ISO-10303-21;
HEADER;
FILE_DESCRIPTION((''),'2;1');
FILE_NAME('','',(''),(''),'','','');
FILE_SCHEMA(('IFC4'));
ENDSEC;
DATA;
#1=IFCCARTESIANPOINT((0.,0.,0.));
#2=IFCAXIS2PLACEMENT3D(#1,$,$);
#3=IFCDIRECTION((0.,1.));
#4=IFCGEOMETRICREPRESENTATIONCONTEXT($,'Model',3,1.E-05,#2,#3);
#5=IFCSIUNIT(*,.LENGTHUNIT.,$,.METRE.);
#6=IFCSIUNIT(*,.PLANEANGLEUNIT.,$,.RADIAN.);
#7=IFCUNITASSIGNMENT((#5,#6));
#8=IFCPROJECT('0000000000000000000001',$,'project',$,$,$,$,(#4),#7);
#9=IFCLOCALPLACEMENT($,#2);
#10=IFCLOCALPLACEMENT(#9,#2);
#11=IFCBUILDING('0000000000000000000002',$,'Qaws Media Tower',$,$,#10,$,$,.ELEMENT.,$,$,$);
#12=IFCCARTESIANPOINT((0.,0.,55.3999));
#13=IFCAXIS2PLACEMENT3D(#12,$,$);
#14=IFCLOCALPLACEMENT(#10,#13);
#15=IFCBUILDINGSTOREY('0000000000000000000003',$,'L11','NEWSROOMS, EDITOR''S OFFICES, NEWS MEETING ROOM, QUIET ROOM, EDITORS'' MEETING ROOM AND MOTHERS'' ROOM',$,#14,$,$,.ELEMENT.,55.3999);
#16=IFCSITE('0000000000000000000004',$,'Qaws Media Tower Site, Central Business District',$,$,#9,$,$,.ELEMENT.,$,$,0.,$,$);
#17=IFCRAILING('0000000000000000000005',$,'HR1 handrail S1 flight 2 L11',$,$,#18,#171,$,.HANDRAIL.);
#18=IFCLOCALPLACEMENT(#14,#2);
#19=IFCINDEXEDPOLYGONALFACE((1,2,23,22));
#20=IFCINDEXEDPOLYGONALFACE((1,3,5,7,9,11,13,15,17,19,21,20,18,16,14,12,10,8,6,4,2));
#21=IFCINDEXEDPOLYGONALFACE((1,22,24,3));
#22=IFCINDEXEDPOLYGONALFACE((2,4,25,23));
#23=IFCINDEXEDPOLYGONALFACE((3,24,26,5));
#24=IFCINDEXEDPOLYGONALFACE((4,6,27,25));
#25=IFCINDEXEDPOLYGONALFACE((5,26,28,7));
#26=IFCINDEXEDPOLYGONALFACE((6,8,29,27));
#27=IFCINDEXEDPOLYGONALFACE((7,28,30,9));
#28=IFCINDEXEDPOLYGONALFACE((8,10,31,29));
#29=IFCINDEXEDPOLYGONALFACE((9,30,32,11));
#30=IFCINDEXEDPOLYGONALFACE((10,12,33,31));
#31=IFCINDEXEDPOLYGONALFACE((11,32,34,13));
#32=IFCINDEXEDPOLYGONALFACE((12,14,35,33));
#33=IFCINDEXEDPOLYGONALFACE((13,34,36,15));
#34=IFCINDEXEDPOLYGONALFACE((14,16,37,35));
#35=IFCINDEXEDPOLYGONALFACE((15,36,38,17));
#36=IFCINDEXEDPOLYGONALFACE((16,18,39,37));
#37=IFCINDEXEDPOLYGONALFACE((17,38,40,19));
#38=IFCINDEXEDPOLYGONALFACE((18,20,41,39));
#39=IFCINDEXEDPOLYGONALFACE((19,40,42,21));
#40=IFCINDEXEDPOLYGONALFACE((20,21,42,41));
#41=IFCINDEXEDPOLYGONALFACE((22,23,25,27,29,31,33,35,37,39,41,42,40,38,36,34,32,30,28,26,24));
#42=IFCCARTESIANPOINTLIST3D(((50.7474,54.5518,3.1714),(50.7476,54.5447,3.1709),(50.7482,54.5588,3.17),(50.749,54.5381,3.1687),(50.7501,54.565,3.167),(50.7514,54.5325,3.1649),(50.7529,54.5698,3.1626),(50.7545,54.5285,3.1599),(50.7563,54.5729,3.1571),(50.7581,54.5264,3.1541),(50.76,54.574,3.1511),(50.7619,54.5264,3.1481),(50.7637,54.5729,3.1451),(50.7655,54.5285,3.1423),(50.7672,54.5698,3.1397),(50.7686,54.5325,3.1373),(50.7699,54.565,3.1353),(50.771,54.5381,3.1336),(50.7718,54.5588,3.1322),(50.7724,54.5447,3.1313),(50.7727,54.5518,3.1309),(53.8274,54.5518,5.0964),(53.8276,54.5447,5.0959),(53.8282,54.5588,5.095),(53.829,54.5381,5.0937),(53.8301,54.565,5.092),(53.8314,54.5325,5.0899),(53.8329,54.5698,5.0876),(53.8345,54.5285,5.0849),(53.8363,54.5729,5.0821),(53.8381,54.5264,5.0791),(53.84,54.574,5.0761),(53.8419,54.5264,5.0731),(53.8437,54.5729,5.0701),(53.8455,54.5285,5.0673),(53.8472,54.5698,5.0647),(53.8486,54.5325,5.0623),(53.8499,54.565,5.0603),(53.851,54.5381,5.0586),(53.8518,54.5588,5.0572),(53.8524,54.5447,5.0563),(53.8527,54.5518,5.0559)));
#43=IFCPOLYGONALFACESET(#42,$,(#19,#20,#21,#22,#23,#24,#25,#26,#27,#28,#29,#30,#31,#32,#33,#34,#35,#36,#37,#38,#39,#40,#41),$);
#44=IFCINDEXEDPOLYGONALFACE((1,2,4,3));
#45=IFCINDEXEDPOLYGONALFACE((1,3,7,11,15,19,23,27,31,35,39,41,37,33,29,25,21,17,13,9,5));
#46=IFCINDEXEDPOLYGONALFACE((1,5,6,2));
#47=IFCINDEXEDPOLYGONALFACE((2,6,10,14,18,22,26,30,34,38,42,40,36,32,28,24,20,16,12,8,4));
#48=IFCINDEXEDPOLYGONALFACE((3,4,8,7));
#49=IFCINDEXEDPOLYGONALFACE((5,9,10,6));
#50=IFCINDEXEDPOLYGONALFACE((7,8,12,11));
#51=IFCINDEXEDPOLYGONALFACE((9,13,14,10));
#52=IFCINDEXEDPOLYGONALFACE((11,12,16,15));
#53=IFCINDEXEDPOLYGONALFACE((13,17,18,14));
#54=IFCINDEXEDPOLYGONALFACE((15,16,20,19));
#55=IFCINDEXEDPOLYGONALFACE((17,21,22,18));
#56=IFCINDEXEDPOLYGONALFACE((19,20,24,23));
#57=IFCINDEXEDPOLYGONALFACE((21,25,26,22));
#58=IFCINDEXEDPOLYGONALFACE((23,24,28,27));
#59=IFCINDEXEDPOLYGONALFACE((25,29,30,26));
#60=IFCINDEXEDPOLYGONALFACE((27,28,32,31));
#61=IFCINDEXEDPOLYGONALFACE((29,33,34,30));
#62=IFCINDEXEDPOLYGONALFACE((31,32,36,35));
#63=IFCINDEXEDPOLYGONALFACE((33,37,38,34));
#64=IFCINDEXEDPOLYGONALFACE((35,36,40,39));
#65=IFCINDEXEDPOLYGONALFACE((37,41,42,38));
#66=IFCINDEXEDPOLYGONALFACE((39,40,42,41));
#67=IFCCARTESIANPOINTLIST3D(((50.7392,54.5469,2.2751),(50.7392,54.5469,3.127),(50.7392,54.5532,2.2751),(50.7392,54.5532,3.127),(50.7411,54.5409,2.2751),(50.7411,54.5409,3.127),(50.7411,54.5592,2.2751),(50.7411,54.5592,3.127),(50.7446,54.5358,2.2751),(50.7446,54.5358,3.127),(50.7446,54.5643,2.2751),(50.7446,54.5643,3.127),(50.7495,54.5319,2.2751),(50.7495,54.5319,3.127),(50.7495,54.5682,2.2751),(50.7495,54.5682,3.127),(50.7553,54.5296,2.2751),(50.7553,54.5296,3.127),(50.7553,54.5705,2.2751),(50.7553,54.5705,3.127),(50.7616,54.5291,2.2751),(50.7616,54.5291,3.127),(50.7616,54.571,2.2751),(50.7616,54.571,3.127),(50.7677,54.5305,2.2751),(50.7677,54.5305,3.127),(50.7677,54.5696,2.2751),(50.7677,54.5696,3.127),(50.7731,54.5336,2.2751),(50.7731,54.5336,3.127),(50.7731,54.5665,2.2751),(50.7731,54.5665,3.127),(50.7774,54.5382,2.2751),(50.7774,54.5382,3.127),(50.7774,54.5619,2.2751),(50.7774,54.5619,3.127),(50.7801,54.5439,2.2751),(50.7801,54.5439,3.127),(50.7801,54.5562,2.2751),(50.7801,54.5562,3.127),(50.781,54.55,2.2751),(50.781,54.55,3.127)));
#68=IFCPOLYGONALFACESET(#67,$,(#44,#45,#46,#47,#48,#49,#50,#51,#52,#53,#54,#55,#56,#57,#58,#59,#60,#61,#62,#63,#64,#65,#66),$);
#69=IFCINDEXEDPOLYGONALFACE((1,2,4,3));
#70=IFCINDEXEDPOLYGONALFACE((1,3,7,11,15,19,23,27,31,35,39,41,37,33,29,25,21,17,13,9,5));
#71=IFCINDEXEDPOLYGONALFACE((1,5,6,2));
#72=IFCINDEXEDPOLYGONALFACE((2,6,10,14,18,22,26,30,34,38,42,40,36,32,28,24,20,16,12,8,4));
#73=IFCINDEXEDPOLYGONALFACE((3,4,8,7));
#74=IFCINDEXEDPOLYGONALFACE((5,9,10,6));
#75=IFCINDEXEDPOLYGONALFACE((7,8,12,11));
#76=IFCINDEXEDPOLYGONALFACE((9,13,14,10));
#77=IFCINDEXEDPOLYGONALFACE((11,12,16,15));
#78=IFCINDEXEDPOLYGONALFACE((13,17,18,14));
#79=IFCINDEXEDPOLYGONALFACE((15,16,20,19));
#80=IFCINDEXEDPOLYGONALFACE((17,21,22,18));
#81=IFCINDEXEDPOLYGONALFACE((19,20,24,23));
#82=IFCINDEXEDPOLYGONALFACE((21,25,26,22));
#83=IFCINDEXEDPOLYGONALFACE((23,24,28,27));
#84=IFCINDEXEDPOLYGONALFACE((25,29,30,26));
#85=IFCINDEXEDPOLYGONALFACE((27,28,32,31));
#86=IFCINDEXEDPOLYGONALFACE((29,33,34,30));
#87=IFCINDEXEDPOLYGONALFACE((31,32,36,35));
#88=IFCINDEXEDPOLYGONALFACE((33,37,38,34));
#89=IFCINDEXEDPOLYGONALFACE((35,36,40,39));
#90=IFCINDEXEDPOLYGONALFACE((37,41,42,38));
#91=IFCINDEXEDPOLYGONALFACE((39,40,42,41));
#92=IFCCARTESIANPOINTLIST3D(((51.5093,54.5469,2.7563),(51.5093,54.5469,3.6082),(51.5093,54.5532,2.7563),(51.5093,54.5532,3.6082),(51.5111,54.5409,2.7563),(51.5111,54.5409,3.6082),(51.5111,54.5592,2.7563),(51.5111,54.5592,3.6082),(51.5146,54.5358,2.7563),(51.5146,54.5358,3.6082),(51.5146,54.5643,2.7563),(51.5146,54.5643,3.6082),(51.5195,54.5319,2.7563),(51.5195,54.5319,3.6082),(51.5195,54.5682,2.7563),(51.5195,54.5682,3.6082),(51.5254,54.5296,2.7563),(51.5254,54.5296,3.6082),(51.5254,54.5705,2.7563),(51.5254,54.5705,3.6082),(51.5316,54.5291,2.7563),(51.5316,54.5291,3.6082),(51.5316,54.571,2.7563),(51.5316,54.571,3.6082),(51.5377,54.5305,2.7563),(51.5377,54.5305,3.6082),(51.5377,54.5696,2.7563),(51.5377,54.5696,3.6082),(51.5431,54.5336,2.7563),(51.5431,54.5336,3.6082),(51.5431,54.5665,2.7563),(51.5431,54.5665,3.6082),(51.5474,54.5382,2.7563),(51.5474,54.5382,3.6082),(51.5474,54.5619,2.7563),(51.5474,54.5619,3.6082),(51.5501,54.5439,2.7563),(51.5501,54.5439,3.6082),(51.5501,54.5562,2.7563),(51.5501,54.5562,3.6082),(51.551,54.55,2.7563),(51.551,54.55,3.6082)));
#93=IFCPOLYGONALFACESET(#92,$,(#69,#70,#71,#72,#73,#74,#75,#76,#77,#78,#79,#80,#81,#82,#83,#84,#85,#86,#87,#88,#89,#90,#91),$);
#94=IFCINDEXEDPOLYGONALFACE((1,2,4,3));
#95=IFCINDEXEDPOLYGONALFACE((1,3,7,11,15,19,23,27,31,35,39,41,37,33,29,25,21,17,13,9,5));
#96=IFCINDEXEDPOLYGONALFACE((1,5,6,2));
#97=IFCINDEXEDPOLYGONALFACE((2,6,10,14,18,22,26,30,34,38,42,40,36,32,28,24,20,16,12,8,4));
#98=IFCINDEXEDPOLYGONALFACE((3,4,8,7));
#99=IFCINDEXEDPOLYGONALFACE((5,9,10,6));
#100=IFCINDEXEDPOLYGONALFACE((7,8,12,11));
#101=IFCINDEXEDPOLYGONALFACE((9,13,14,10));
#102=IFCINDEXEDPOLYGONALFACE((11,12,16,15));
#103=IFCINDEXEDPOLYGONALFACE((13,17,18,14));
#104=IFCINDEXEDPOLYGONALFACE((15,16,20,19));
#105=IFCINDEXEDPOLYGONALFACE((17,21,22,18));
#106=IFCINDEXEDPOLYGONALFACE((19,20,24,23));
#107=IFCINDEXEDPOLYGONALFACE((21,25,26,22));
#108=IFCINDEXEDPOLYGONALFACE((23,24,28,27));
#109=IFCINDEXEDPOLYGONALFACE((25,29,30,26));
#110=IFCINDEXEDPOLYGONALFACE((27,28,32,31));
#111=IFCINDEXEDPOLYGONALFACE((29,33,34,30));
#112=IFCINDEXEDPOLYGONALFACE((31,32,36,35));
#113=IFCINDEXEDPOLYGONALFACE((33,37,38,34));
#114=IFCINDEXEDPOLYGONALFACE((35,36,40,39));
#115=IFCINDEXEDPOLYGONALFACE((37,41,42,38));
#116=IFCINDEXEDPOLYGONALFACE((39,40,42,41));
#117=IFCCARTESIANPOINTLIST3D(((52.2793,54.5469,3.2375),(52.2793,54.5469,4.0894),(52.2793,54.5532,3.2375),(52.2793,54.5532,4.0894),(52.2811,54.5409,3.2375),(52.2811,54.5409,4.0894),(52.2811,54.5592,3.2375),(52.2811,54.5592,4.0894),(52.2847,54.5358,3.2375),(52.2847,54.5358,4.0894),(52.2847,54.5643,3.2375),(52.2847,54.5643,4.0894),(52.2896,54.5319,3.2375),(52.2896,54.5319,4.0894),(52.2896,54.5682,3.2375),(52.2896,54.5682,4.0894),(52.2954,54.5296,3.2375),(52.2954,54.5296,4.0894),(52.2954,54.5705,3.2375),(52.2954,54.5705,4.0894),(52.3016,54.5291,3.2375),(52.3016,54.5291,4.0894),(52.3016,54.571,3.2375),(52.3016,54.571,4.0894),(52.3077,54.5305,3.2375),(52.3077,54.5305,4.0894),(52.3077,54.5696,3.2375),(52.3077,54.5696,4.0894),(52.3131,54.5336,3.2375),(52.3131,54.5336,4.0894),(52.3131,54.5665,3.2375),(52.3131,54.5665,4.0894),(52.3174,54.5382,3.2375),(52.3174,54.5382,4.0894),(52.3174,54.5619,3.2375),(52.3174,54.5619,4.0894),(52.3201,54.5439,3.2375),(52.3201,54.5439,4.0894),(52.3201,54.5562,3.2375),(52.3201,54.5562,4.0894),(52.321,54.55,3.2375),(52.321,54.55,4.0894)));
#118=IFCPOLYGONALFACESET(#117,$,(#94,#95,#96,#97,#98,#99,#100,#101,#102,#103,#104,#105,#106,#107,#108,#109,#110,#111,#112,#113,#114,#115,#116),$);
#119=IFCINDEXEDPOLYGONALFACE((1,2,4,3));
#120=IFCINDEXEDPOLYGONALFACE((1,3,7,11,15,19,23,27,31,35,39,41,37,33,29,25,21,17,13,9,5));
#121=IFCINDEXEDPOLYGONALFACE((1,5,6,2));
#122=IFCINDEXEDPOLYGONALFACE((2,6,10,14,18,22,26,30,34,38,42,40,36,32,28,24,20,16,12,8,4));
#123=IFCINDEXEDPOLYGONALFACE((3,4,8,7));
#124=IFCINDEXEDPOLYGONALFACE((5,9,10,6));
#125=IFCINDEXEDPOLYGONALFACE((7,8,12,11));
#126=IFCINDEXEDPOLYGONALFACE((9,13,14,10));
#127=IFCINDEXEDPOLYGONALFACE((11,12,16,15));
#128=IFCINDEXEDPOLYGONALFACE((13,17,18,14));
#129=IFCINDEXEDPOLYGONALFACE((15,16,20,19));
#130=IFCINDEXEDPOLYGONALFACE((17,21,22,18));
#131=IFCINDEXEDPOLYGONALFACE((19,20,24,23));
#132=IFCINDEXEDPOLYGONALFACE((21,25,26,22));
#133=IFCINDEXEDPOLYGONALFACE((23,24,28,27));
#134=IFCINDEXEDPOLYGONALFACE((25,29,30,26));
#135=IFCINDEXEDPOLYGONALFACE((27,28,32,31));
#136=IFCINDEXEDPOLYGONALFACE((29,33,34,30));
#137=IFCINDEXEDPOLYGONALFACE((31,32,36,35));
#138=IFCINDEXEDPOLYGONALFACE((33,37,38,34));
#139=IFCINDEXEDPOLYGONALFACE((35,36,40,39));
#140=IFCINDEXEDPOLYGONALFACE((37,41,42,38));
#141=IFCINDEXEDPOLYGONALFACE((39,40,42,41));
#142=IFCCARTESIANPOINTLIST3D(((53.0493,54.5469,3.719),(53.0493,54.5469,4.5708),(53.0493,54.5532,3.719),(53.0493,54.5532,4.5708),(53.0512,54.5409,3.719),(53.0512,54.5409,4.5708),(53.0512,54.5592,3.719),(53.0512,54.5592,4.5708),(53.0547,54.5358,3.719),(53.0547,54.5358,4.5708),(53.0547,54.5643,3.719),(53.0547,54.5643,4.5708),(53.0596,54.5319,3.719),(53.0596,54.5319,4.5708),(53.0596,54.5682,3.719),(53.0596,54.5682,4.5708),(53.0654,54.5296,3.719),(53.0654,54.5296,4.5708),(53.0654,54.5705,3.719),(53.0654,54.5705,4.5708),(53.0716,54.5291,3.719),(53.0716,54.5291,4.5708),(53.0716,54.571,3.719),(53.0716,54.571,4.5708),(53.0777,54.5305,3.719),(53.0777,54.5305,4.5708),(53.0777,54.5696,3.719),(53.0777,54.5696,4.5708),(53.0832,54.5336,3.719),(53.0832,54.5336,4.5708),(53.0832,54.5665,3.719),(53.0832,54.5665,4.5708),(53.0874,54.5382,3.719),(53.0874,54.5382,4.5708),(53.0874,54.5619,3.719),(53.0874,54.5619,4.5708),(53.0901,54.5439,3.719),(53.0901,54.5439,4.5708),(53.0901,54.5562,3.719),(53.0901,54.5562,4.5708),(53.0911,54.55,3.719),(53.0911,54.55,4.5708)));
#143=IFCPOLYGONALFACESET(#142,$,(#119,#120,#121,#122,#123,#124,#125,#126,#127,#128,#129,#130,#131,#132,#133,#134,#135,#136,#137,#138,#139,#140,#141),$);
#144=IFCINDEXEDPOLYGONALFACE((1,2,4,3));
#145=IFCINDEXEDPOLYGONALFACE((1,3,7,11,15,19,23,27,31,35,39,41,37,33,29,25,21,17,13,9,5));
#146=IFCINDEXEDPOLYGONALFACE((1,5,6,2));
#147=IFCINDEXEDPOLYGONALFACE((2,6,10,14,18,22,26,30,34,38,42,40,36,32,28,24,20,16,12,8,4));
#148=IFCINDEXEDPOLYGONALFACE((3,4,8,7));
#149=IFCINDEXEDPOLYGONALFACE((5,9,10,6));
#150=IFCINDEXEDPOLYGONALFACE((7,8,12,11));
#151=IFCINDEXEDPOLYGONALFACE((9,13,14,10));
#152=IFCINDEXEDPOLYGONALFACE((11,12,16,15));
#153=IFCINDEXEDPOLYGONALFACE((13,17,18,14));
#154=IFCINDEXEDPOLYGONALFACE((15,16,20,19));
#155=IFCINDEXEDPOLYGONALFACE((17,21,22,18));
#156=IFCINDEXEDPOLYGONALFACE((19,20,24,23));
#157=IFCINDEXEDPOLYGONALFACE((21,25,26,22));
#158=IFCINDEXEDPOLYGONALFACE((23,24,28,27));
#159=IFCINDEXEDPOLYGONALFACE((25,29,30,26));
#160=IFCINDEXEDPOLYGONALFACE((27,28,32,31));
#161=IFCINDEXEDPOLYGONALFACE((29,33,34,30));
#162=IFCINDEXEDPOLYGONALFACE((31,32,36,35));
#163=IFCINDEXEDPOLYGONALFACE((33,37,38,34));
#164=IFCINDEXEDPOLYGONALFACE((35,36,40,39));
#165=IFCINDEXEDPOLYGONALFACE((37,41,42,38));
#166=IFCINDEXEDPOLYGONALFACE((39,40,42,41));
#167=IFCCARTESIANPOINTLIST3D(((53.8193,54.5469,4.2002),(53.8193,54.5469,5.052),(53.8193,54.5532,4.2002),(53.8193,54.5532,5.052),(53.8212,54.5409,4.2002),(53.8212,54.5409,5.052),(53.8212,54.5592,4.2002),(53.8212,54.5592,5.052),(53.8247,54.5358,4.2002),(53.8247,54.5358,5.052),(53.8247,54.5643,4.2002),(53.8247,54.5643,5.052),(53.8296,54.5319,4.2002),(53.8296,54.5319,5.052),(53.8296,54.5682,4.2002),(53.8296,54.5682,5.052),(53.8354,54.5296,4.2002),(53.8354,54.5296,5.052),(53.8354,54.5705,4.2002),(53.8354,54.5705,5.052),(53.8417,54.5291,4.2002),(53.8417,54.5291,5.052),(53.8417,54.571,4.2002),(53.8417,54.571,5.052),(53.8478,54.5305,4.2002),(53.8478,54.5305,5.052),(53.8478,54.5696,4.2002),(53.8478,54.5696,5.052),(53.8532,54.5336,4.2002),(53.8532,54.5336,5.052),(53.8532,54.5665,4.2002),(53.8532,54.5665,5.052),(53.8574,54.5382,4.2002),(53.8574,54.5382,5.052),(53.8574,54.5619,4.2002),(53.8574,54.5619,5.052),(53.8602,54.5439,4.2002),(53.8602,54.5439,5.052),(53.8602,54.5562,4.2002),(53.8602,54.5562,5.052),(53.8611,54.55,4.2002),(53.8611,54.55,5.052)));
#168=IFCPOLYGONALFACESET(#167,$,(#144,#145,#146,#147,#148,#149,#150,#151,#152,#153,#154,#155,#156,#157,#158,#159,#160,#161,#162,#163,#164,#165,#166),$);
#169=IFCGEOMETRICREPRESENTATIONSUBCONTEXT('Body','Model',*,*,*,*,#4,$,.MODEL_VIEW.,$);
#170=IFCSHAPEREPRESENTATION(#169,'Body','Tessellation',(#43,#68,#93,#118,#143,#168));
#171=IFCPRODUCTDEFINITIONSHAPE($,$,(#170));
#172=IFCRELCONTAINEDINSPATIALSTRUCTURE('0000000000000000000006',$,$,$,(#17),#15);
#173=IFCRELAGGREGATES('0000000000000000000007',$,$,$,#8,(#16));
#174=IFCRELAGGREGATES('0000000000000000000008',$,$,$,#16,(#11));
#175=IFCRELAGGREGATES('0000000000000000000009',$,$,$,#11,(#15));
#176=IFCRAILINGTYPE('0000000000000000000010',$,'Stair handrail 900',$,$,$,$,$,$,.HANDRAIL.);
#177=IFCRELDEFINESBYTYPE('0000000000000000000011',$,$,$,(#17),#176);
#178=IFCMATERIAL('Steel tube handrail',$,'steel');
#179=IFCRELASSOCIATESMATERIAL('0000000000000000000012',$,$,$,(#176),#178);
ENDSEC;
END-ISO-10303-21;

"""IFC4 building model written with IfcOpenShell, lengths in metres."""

from ifc_helpers import new_model, si_unit, direction, frame, origin, origin_2d, place, context, subcontext, project, spatial, circle, extrude, material, type_object, element, save


model = new_model("IFC4")

# Units and contexts
model_context = context("Model", 3, precision=1e-05, world=origin(), true_north=direction((0.0, 1.0)))
body_context = subcontext(model_context, "Body", "Model", "MODEL_VIEW")
ifc_project = project(units=[si_unit("LENGTHUNIT", "METRE"), si_unit("PLANEANGLEUNIT", "RADIAN")], contexts=[model_context])

# Site, building, storey
site_placement = place(None, origin())
site = spatial("IfcSite", under=ifc_project, at=site_placement, Name="Qaws Media Tower Site, Central Business District", CompositionType="ELEMENT", RefElevation=0.0)
building_placement = place(site_placement, origin())
building = spatial("IfcBuilding", under=site, at=building_placement, Name="Qaws Media Tower", CompositionType="ELEMENT")
storey_placement = place(building_placement, frame((0.0, 0.0, 55.3999)))
storey = spatial("IfcBuildingStorey", under=building, at=storey_placement, Name="L11", Description="NEWSROOMS, EDITOR'S OFFICES, NEWS MEETING ROOM, QUIET ROOM, EDITORS' MEETING ROOM AND MOTHERS' ROOM", CompositionType="ELEMENT", Elevation=55.3999)

# Railing
ifc_material_1 = material(Name="Steel tube handrail", Category="steel")
railing_type = type_object("IfcRailingType", Name="Stair handrail 900", PredefinedType="HANDRAIL", material=ifc_material_1)
for number, where, name in (
    (1, (50.76, 54.55, 2.2751), "HR1 handrail S1 flight 2 L11"),
):
    element("IfcRailing", number, at=place(storey_placement, frame(where)), inside=storey, type_object=railing_type, Name=name, PredefinedType="HANDRAIL", context=body_context, shape_type="SweptSolid", body=[
        extrude(circle(Radius=0.0239, at=origin_2d()), frame((0.0, 0.0, 0.876), z_axis=(0.847998, 0.0, 0.529999), x_axis=(0.0, 1.0, 0.0)), (0.0, 0.0, 1.0), 3.6321),
        extrude(circle(Radius=0.021, at=origin_2d()), origin(), (0.0, 0.0, 1.0), 0.8518),
        extrude(circle(Radius=0.021, at=origin_2d()), frame((0.77, 0.0, 0.4812)), (0.0, 0.0, 1.0), 0.8518),
        extrude(circle(Radius=0.021, at=origin_2d()), frame((1.54, 0.0, 0.9624)), (0.0, 0.0, 1.0), 0.8518),
        extrude(circle(Radius=0.021, at=origin_2d()), frame((2.3101, 0.0, 1.4438)), (0.0, 0.0, 1.0), 0.8518),
        extrude(circle(Radius=0.021, at=origin_2d()), frame((3.0801, 0.0, 1.925)), (0.0, 0.0, 1.0), 0.8518),
    ])

save(model, "model.ifc")
